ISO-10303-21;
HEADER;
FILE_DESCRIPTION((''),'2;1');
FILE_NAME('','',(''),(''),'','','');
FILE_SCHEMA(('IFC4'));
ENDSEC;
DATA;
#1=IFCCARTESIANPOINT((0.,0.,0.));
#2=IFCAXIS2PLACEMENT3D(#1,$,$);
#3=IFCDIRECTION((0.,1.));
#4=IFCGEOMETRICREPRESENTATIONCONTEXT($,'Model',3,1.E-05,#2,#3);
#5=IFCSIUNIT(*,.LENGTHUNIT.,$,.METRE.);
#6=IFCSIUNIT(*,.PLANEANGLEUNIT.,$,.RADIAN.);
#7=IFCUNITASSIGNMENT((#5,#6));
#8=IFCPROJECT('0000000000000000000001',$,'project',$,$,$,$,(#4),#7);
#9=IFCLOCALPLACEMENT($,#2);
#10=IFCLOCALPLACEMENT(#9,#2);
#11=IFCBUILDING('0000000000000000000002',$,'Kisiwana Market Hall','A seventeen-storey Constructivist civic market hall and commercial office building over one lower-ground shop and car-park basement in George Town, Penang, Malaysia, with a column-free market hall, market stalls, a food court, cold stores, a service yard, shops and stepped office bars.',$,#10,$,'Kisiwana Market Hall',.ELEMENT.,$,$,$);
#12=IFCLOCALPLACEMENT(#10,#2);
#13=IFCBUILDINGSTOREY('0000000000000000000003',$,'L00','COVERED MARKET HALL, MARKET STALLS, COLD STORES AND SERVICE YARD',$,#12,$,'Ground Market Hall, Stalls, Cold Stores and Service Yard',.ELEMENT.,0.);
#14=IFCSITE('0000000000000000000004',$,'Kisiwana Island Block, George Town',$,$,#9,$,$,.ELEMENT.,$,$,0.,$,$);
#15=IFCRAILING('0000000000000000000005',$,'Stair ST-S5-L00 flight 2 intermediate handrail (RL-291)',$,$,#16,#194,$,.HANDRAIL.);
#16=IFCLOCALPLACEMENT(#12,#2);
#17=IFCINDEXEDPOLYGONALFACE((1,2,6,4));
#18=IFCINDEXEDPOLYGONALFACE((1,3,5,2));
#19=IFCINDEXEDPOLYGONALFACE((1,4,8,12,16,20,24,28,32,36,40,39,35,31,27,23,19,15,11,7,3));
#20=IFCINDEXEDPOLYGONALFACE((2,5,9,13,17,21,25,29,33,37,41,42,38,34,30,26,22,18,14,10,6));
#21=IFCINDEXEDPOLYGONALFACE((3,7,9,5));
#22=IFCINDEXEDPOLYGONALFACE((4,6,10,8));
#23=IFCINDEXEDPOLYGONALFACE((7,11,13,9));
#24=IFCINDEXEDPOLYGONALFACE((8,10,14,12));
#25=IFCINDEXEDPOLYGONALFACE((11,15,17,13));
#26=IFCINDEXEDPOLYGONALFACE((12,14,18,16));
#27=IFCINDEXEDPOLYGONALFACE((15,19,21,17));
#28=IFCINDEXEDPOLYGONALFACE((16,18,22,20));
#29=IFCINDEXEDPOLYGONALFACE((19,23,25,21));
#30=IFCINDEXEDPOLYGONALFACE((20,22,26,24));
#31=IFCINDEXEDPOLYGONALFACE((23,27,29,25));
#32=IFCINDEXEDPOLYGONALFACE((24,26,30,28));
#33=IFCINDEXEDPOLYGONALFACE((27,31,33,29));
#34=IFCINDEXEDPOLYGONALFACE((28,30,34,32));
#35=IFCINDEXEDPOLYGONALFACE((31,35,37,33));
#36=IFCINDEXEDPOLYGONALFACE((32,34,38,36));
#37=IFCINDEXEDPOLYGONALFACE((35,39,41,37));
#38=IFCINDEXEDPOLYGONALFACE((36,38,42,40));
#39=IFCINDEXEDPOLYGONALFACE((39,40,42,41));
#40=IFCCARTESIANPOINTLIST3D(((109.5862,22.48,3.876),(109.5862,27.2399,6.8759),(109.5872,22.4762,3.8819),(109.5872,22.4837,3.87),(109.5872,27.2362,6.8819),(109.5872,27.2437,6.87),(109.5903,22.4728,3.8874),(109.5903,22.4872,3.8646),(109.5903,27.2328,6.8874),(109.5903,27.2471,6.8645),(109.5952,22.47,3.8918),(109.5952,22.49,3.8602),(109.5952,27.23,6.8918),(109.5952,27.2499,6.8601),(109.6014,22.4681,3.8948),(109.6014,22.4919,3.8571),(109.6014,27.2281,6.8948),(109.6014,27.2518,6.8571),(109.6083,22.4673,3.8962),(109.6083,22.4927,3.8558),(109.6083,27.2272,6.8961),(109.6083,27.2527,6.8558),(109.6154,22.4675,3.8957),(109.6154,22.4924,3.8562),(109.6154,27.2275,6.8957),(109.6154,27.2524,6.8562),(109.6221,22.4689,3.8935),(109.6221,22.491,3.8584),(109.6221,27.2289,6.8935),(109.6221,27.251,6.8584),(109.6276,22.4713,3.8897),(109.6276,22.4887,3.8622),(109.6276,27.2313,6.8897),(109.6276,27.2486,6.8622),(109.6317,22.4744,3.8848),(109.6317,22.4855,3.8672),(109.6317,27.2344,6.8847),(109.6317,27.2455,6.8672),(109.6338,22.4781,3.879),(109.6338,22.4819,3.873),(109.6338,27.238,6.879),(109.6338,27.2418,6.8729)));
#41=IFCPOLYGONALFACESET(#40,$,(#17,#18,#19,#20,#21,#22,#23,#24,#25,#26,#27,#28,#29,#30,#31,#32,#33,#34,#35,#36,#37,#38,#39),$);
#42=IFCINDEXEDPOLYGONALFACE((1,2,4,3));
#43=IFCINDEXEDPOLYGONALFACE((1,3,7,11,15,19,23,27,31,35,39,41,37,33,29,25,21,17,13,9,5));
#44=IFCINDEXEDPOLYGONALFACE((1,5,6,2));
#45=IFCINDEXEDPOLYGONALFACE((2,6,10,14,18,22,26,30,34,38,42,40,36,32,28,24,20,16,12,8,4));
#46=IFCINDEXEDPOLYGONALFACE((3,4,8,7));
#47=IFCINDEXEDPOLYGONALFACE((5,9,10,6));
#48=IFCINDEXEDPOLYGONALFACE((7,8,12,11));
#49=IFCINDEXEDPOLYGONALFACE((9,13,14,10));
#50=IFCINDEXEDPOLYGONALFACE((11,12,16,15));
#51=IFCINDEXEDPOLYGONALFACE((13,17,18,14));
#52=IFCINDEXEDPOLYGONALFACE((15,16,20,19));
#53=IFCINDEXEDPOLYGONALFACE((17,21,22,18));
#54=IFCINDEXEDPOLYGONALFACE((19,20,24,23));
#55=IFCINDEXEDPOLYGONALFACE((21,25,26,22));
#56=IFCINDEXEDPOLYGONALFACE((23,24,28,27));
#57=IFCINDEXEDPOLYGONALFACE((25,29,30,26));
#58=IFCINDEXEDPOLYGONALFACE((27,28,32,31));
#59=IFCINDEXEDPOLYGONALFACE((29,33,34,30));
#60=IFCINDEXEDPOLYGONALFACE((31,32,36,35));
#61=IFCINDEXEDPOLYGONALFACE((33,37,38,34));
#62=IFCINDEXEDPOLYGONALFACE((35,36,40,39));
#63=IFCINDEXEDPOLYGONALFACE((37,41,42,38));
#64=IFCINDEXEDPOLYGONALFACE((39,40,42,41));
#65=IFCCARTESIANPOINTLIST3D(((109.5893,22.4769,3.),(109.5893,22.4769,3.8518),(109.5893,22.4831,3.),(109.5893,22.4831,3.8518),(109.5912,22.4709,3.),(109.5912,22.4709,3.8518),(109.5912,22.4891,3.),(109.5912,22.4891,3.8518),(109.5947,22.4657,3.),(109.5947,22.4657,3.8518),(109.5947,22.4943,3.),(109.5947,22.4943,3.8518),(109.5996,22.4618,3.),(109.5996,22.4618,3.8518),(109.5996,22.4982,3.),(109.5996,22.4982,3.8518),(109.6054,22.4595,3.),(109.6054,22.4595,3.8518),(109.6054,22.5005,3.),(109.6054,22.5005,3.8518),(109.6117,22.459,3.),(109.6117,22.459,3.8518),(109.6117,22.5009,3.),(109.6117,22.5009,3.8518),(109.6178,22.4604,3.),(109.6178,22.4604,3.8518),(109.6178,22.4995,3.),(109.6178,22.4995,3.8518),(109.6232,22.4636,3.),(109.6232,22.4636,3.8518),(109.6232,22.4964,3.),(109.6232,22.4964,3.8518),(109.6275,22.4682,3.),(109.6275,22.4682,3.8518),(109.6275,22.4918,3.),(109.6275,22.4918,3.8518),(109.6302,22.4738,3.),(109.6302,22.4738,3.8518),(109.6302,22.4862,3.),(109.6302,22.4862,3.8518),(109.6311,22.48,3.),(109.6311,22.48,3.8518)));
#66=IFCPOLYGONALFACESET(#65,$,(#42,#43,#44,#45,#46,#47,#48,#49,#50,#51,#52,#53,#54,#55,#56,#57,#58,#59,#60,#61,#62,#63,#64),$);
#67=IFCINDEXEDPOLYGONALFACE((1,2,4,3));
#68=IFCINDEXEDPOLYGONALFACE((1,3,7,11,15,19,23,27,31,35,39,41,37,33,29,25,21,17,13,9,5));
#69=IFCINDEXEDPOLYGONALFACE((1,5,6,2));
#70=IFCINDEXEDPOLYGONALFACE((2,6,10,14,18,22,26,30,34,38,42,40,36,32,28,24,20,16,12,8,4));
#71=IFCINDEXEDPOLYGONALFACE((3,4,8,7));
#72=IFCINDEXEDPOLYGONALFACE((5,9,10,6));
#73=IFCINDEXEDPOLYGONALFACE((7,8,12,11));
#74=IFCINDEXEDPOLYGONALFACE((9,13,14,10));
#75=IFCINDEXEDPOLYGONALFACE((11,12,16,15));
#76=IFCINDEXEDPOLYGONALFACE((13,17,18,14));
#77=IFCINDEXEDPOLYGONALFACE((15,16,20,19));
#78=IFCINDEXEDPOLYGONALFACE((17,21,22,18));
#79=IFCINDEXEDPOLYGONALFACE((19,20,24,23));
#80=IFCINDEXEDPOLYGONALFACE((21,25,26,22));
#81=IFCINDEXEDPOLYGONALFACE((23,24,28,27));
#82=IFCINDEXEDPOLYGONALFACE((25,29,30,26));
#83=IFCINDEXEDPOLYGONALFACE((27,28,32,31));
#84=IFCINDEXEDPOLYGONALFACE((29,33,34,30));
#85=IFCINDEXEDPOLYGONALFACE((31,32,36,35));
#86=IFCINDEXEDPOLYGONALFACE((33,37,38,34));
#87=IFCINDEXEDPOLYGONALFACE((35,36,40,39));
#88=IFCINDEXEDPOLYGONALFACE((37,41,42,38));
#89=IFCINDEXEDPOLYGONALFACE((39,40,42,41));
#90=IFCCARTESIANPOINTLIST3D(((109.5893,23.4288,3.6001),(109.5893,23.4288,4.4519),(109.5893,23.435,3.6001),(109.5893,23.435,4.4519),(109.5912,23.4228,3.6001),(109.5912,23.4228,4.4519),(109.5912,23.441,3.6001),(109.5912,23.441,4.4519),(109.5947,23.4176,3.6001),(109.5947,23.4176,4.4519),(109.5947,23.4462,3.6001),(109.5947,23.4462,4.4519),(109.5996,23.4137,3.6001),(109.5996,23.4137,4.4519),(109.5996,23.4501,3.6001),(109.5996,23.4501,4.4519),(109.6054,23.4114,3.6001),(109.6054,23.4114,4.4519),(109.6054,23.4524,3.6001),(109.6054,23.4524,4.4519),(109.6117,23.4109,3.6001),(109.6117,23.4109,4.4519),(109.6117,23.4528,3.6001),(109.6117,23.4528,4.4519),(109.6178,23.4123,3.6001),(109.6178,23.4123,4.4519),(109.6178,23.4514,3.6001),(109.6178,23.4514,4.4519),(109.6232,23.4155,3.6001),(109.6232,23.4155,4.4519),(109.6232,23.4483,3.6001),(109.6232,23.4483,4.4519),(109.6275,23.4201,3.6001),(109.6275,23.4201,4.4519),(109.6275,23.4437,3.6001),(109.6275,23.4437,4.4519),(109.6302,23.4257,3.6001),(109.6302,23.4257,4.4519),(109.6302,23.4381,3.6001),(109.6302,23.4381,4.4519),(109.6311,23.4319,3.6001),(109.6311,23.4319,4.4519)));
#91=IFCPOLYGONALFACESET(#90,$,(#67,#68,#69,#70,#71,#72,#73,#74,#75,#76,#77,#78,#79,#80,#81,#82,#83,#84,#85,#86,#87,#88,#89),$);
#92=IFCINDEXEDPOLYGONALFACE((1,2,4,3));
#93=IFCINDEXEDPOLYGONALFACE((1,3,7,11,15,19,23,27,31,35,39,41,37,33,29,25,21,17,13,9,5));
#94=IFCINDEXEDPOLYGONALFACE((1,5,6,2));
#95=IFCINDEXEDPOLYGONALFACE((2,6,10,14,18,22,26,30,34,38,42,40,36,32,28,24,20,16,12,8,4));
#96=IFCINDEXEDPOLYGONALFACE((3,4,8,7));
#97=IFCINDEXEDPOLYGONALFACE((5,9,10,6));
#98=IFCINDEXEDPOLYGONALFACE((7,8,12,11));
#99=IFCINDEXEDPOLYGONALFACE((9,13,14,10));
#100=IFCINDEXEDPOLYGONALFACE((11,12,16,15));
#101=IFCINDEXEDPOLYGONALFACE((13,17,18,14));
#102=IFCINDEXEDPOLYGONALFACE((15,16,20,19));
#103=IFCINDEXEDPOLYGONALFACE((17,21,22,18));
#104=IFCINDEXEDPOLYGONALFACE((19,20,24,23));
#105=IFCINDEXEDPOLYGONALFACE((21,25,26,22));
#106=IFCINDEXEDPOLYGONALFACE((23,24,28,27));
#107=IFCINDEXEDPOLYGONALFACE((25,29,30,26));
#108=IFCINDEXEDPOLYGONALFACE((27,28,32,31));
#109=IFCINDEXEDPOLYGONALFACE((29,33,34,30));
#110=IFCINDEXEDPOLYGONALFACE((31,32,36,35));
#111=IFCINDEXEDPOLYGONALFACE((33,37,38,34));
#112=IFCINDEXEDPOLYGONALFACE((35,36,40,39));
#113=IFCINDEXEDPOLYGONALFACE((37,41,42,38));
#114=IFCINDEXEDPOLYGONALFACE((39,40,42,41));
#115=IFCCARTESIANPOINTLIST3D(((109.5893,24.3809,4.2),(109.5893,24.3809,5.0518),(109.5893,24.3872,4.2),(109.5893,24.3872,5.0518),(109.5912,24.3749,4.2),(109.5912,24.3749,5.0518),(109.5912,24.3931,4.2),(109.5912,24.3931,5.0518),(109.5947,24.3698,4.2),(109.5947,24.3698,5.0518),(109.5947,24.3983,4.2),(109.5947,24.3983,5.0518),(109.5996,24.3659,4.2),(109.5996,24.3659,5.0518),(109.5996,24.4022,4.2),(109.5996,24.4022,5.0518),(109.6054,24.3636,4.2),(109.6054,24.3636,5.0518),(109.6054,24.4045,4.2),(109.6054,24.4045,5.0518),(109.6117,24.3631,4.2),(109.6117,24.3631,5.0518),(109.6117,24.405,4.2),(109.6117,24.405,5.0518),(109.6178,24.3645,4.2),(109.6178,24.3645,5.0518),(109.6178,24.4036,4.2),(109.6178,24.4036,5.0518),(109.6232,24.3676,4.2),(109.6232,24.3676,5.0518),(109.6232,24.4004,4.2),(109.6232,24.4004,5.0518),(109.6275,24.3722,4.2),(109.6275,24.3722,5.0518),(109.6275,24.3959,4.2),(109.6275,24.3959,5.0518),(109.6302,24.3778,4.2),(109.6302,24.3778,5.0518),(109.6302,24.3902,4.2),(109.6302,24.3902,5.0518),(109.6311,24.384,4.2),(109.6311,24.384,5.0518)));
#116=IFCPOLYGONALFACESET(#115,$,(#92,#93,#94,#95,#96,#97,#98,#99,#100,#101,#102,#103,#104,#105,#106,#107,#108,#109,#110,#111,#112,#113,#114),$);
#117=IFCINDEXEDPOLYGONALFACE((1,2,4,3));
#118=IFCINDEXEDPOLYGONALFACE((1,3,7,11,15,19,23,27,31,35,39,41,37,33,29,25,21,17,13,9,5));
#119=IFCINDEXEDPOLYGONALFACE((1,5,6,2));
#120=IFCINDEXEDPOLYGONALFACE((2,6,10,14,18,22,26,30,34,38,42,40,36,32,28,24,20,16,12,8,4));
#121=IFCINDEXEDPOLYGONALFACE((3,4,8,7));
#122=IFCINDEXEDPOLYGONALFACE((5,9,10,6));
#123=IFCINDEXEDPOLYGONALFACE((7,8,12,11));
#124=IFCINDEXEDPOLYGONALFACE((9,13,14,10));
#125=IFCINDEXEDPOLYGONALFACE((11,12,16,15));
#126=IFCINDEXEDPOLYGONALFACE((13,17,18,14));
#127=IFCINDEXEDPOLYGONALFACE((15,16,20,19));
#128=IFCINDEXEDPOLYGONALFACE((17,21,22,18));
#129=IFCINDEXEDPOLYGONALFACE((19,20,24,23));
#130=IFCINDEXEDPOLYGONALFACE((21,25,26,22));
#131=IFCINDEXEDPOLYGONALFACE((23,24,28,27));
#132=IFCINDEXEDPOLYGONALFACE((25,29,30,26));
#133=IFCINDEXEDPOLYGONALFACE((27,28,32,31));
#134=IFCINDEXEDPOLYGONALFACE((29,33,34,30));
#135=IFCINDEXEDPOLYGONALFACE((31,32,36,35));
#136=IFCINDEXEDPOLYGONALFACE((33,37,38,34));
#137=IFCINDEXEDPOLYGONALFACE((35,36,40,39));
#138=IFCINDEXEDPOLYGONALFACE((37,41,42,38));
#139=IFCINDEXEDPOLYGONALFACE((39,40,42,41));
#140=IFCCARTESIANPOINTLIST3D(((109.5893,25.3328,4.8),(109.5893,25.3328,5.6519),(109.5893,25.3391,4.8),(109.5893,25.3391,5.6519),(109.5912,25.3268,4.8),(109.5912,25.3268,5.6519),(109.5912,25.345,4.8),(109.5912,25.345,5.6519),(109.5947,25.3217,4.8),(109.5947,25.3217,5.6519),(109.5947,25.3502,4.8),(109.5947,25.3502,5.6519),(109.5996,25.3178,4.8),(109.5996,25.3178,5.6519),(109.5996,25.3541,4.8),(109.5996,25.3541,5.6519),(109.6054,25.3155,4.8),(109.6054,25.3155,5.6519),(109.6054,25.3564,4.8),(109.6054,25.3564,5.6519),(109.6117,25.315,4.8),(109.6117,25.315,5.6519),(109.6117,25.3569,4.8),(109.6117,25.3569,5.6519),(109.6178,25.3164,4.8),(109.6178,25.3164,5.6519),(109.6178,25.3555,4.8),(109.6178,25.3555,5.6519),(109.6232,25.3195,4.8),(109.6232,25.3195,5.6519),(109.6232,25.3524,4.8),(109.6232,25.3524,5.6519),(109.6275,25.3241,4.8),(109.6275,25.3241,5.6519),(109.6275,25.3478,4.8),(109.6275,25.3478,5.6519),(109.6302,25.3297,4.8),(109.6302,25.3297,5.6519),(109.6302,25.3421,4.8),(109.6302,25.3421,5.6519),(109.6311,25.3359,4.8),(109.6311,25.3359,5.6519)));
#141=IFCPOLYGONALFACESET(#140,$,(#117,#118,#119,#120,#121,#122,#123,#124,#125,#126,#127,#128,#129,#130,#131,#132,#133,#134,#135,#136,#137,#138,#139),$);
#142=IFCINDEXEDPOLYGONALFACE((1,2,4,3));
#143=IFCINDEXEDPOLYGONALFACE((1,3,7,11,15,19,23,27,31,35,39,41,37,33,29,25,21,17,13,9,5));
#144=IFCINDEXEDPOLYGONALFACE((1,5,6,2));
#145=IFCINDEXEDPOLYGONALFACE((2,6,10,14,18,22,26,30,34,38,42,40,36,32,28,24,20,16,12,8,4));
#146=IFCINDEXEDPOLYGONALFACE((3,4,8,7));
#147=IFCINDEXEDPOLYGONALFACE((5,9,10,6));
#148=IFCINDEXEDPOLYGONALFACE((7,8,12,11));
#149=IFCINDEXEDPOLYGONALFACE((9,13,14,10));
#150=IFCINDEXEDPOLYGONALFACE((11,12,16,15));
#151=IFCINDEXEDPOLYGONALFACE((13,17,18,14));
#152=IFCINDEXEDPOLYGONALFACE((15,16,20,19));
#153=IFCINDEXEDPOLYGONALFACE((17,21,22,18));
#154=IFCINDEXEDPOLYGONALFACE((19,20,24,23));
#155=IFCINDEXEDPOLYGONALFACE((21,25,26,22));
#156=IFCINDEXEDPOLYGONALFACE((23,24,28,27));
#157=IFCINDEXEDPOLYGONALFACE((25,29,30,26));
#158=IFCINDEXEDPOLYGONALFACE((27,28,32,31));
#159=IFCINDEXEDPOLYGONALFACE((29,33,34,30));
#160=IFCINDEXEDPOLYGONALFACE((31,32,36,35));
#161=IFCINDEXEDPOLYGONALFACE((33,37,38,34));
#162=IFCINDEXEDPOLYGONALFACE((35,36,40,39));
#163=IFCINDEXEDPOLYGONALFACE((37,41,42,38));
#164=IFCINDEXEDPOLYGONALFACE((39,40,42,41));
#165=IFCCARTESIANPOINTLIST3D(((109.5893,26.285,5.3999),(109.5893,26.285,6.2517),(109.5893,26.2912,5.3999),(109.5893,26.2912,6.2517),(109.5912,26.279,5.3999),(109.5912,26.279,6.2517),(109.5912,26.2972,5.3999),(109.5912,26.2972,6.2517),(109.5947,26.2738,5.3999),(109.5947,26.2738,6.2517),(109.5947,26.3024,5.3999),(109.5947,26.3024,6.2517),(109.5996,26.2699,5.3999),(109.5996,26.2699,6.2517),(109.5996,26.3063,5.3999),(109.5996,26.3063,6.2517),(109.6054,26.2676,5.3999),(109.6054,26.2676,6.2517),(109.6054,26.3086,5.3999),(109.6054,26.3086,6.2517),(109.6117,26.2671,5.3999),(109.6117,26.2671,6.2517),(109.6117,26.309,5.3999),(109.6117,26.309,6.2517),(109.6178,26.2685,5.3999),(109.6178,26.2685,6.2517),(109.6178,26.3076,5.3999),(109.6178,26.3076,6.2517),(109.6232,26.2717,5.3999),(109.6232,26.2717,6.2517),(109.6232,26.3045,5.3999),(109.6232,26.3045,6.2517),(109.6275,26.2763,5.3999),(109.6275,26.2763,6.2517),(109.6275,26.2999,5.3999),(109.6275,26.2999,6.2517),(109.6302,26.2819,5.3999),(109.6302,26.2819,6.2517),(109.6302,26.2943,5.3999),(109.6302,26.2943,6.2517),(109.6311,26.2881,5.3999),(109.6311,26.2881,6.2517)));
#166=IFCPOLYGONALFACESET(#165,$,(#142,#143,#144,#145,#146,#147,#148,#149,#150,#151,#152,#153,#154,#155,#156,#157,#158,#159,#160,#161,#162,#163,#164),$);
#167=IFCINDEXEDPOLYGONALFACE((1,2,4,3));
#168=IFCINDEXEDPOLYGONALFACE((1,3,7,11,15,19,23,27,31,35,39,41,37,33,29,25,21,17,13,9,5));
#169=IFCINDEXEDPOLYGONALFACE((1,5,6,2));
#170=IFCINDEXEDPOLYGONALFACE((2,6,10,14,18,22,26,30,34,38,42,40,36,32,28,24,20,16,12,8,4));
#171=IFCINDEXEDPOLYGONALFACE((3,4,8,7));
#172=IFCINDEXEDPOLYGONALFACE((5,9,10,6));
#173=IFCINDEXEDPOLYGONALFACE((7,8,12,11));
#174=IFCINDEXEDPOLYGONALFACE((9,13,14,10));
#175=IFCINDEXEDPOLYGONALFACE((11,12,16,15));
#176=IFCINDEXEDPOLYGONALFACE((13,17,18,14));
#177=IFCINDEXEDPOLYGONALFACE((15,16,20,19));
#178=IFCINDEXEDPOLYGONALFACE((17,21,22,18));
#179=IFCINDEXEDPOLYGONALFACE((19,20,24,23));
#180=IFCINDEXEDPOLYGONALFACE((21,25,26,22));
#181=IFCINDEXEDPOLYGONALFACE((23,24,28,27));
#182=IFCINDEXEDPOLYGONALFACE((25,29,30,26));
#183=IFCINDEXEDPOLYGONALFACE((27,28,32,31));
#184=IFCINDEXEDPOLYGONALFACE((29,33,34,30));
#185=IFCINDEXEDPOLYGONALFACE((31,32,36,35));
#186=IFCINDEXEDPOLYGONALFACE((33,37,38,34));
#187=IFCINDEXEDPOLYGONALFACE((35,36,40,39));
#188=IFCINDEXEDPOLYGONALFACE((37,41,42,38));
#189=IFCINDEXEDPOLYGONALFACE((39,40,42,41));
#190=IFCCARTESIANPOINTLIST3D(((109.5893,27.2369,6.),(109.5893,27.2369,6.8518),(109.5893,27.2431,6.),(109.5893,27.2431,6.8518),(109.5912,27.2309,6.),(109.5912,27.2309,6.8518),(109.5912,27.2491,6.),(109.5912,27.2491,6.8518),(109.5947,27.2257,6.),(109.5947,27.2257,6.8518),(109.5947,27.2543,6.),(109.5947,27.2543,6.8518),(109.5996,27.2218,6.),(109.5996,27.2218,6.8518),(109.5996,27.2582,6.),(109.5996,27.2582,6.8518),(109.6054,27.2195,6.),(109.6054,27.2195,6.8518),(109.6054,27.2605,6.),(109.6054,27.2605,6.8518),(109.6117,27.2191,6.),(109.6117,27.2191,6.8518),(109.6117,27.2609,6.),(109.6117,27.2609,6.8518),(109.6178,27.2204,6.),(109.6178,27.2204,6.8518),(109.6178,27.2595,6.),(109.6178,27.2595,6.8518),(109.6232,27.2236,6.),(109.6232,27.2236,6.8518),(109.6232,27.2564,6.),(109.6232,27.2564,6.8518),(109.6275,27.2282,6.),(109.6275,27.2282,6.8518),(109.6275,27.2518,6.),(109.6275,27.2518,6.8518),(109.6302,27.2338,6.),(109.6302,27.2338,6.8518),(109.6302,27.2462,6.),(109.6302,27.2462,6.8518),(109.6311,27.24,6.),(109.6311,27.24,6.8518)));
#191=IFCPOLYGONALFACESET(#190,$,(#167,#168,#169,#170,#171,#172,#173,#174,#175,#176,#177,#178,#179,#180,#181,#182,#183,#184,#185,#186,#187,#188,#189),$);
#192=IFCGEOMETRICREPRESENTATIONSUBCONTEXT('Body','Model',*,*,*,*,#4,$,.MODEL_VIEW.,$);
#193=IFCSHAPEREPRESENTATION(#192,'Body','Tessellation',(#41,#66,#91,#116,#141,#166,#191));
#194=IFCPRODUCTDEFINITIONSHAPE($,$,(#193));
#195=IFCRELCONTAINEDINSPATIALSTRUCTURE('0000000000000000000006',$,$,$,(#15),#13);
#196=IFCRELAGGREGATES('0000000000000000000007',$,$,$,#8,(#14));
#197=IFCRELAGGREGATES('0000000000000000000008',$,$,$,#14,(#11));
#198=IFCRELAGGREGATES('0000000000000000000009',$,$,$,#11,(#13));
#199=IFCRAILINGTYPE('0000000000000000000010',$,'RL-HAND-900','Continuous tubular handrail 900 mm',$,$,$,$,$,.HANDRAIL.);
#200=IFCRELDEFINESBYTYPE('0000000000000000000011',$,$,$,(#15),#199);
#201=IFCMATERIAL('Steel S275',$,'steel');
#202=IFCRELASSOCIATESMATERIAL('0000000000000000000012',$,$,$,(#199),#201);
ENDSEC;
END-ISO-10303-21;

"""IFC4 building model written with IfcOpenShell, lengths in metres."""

from ifc_helpers import new_model, si_unit, direction, frame, origin, origin_2d, place, context, subcontext, project, spatial, circle, extrude, material, type_object, element, save


model = new_model("IFC4")

# Units and contexts
model_context = context("Model", 3, precision=1e-05, world=origin(), true_north=direction((0.0, 1.0)))
body_context = subcontext(model_context, "Body", "Model", "MODEL_VIEW")
ifc_project = project(units=[si_unit("LENGTHUNIT", "METRE"), si_unit("PLANEANGLEUNIT", "RADIAN")], contexts=[model_context])

# Site, building, storey
site_placement = place(None, origin())
site = spatial("IfcSite", under=ifc_project, at=site_placement, Name="Kisiwana Island Block, George Town", CompositionType="ELEMENT", RefElevation=0.0)
building_placement = place(site_placement, origin())
building = spatial("IfcBuilding", under=site, at=building_placement, Name="Kisiwana Market Hall", Description="A seventeen-storey Constructivist civic market hall and commercial office building over one lower-ground shop and car-park basement in George Town, Penang, Malaysia, with a column-free market hall, market stalls, a food court, cold stores, a service yard, shops and stepped office bars.", LongName="Kisiwana Market Hall", CompositionType="ELEMENT")
storey_placement = place(building_placement, origin())
storey = spatial("IfcBuildingStorey", under=building, at=storey_placement, Name="L00", Description="COVERED MARKET HALL, MARKET STALLS, COLD STORES AND SERVICE YARD", LongName="Ground Market Hall, Stalls, Cold Stores and Service Yard", CompositionType="ELEMENT", Elevation=0.0)

# Railing
ifc_material_1 = material(Name="Steel S275", Category="steel")
railing_type = type_object("IfcRailingType", Name="RL-HAND-900", Description="Continuous tubular handrail 900 mm", PredefinedType="HANDRAIL", material=ifc_material_1)
for number, where, name in (
    (1, (109.6101, 22.48, 3.0), "Stair ST-S5-L00 flight 2 intermediate handrail (RL-291)"),
):
    element("IfcRailing", number, at=place(storey_placement, frame(where)), inside=storey, type_object=railing_type, Name=name, PredefinedType="HANDRAIL", context=body_context, shape_type="SweptSolid", body=[
        extrude(circle(Radius=0.0239, at=origin_2d()), frame((0.0, 0.0, 0.876), z_axis=(0.0, 0.845996, 0.53319), x_axis=(-1.0, 0.0, 0.0)), (0.0, 0.0, 1.0), 5.6265),
        extrude(circle(Radius=0.021, at=origin_2d()), origin(), (0.0, 0.0, 1.0), 0.8518),
        extrude(circle(Radius=0.021, at=origin_2d()), frame((0.0, 0.9519, 0.6001)), (0.0, 0.0, 1.0), 0.8518),
        extrude(circle(Radius=0.021, at=origin_2d()), frame((0.0, 1.9041, 1.2)), (0.0, 0.0, 1.0), 0.8518),
        extrude(circle(Radius=0.021, at=origin_2d()), frame((0.0, 2.856, 1.8)), (0.0, 0.0, 1.0), 0.8518),
        extrude(circle(Radius=0.021, at=origin_2d()), frame((0.0, 3.8081, 2.3999)), (0.0, 0.0, 1.0), 0.8518),
        extrude(circle(Radius=0.021, at=origin_2d()), frame((0.0, 4.76, 3.0)), (0.0, 0.0, 1.0), 0.8518),
    ])

save(model, "model.ifc")
